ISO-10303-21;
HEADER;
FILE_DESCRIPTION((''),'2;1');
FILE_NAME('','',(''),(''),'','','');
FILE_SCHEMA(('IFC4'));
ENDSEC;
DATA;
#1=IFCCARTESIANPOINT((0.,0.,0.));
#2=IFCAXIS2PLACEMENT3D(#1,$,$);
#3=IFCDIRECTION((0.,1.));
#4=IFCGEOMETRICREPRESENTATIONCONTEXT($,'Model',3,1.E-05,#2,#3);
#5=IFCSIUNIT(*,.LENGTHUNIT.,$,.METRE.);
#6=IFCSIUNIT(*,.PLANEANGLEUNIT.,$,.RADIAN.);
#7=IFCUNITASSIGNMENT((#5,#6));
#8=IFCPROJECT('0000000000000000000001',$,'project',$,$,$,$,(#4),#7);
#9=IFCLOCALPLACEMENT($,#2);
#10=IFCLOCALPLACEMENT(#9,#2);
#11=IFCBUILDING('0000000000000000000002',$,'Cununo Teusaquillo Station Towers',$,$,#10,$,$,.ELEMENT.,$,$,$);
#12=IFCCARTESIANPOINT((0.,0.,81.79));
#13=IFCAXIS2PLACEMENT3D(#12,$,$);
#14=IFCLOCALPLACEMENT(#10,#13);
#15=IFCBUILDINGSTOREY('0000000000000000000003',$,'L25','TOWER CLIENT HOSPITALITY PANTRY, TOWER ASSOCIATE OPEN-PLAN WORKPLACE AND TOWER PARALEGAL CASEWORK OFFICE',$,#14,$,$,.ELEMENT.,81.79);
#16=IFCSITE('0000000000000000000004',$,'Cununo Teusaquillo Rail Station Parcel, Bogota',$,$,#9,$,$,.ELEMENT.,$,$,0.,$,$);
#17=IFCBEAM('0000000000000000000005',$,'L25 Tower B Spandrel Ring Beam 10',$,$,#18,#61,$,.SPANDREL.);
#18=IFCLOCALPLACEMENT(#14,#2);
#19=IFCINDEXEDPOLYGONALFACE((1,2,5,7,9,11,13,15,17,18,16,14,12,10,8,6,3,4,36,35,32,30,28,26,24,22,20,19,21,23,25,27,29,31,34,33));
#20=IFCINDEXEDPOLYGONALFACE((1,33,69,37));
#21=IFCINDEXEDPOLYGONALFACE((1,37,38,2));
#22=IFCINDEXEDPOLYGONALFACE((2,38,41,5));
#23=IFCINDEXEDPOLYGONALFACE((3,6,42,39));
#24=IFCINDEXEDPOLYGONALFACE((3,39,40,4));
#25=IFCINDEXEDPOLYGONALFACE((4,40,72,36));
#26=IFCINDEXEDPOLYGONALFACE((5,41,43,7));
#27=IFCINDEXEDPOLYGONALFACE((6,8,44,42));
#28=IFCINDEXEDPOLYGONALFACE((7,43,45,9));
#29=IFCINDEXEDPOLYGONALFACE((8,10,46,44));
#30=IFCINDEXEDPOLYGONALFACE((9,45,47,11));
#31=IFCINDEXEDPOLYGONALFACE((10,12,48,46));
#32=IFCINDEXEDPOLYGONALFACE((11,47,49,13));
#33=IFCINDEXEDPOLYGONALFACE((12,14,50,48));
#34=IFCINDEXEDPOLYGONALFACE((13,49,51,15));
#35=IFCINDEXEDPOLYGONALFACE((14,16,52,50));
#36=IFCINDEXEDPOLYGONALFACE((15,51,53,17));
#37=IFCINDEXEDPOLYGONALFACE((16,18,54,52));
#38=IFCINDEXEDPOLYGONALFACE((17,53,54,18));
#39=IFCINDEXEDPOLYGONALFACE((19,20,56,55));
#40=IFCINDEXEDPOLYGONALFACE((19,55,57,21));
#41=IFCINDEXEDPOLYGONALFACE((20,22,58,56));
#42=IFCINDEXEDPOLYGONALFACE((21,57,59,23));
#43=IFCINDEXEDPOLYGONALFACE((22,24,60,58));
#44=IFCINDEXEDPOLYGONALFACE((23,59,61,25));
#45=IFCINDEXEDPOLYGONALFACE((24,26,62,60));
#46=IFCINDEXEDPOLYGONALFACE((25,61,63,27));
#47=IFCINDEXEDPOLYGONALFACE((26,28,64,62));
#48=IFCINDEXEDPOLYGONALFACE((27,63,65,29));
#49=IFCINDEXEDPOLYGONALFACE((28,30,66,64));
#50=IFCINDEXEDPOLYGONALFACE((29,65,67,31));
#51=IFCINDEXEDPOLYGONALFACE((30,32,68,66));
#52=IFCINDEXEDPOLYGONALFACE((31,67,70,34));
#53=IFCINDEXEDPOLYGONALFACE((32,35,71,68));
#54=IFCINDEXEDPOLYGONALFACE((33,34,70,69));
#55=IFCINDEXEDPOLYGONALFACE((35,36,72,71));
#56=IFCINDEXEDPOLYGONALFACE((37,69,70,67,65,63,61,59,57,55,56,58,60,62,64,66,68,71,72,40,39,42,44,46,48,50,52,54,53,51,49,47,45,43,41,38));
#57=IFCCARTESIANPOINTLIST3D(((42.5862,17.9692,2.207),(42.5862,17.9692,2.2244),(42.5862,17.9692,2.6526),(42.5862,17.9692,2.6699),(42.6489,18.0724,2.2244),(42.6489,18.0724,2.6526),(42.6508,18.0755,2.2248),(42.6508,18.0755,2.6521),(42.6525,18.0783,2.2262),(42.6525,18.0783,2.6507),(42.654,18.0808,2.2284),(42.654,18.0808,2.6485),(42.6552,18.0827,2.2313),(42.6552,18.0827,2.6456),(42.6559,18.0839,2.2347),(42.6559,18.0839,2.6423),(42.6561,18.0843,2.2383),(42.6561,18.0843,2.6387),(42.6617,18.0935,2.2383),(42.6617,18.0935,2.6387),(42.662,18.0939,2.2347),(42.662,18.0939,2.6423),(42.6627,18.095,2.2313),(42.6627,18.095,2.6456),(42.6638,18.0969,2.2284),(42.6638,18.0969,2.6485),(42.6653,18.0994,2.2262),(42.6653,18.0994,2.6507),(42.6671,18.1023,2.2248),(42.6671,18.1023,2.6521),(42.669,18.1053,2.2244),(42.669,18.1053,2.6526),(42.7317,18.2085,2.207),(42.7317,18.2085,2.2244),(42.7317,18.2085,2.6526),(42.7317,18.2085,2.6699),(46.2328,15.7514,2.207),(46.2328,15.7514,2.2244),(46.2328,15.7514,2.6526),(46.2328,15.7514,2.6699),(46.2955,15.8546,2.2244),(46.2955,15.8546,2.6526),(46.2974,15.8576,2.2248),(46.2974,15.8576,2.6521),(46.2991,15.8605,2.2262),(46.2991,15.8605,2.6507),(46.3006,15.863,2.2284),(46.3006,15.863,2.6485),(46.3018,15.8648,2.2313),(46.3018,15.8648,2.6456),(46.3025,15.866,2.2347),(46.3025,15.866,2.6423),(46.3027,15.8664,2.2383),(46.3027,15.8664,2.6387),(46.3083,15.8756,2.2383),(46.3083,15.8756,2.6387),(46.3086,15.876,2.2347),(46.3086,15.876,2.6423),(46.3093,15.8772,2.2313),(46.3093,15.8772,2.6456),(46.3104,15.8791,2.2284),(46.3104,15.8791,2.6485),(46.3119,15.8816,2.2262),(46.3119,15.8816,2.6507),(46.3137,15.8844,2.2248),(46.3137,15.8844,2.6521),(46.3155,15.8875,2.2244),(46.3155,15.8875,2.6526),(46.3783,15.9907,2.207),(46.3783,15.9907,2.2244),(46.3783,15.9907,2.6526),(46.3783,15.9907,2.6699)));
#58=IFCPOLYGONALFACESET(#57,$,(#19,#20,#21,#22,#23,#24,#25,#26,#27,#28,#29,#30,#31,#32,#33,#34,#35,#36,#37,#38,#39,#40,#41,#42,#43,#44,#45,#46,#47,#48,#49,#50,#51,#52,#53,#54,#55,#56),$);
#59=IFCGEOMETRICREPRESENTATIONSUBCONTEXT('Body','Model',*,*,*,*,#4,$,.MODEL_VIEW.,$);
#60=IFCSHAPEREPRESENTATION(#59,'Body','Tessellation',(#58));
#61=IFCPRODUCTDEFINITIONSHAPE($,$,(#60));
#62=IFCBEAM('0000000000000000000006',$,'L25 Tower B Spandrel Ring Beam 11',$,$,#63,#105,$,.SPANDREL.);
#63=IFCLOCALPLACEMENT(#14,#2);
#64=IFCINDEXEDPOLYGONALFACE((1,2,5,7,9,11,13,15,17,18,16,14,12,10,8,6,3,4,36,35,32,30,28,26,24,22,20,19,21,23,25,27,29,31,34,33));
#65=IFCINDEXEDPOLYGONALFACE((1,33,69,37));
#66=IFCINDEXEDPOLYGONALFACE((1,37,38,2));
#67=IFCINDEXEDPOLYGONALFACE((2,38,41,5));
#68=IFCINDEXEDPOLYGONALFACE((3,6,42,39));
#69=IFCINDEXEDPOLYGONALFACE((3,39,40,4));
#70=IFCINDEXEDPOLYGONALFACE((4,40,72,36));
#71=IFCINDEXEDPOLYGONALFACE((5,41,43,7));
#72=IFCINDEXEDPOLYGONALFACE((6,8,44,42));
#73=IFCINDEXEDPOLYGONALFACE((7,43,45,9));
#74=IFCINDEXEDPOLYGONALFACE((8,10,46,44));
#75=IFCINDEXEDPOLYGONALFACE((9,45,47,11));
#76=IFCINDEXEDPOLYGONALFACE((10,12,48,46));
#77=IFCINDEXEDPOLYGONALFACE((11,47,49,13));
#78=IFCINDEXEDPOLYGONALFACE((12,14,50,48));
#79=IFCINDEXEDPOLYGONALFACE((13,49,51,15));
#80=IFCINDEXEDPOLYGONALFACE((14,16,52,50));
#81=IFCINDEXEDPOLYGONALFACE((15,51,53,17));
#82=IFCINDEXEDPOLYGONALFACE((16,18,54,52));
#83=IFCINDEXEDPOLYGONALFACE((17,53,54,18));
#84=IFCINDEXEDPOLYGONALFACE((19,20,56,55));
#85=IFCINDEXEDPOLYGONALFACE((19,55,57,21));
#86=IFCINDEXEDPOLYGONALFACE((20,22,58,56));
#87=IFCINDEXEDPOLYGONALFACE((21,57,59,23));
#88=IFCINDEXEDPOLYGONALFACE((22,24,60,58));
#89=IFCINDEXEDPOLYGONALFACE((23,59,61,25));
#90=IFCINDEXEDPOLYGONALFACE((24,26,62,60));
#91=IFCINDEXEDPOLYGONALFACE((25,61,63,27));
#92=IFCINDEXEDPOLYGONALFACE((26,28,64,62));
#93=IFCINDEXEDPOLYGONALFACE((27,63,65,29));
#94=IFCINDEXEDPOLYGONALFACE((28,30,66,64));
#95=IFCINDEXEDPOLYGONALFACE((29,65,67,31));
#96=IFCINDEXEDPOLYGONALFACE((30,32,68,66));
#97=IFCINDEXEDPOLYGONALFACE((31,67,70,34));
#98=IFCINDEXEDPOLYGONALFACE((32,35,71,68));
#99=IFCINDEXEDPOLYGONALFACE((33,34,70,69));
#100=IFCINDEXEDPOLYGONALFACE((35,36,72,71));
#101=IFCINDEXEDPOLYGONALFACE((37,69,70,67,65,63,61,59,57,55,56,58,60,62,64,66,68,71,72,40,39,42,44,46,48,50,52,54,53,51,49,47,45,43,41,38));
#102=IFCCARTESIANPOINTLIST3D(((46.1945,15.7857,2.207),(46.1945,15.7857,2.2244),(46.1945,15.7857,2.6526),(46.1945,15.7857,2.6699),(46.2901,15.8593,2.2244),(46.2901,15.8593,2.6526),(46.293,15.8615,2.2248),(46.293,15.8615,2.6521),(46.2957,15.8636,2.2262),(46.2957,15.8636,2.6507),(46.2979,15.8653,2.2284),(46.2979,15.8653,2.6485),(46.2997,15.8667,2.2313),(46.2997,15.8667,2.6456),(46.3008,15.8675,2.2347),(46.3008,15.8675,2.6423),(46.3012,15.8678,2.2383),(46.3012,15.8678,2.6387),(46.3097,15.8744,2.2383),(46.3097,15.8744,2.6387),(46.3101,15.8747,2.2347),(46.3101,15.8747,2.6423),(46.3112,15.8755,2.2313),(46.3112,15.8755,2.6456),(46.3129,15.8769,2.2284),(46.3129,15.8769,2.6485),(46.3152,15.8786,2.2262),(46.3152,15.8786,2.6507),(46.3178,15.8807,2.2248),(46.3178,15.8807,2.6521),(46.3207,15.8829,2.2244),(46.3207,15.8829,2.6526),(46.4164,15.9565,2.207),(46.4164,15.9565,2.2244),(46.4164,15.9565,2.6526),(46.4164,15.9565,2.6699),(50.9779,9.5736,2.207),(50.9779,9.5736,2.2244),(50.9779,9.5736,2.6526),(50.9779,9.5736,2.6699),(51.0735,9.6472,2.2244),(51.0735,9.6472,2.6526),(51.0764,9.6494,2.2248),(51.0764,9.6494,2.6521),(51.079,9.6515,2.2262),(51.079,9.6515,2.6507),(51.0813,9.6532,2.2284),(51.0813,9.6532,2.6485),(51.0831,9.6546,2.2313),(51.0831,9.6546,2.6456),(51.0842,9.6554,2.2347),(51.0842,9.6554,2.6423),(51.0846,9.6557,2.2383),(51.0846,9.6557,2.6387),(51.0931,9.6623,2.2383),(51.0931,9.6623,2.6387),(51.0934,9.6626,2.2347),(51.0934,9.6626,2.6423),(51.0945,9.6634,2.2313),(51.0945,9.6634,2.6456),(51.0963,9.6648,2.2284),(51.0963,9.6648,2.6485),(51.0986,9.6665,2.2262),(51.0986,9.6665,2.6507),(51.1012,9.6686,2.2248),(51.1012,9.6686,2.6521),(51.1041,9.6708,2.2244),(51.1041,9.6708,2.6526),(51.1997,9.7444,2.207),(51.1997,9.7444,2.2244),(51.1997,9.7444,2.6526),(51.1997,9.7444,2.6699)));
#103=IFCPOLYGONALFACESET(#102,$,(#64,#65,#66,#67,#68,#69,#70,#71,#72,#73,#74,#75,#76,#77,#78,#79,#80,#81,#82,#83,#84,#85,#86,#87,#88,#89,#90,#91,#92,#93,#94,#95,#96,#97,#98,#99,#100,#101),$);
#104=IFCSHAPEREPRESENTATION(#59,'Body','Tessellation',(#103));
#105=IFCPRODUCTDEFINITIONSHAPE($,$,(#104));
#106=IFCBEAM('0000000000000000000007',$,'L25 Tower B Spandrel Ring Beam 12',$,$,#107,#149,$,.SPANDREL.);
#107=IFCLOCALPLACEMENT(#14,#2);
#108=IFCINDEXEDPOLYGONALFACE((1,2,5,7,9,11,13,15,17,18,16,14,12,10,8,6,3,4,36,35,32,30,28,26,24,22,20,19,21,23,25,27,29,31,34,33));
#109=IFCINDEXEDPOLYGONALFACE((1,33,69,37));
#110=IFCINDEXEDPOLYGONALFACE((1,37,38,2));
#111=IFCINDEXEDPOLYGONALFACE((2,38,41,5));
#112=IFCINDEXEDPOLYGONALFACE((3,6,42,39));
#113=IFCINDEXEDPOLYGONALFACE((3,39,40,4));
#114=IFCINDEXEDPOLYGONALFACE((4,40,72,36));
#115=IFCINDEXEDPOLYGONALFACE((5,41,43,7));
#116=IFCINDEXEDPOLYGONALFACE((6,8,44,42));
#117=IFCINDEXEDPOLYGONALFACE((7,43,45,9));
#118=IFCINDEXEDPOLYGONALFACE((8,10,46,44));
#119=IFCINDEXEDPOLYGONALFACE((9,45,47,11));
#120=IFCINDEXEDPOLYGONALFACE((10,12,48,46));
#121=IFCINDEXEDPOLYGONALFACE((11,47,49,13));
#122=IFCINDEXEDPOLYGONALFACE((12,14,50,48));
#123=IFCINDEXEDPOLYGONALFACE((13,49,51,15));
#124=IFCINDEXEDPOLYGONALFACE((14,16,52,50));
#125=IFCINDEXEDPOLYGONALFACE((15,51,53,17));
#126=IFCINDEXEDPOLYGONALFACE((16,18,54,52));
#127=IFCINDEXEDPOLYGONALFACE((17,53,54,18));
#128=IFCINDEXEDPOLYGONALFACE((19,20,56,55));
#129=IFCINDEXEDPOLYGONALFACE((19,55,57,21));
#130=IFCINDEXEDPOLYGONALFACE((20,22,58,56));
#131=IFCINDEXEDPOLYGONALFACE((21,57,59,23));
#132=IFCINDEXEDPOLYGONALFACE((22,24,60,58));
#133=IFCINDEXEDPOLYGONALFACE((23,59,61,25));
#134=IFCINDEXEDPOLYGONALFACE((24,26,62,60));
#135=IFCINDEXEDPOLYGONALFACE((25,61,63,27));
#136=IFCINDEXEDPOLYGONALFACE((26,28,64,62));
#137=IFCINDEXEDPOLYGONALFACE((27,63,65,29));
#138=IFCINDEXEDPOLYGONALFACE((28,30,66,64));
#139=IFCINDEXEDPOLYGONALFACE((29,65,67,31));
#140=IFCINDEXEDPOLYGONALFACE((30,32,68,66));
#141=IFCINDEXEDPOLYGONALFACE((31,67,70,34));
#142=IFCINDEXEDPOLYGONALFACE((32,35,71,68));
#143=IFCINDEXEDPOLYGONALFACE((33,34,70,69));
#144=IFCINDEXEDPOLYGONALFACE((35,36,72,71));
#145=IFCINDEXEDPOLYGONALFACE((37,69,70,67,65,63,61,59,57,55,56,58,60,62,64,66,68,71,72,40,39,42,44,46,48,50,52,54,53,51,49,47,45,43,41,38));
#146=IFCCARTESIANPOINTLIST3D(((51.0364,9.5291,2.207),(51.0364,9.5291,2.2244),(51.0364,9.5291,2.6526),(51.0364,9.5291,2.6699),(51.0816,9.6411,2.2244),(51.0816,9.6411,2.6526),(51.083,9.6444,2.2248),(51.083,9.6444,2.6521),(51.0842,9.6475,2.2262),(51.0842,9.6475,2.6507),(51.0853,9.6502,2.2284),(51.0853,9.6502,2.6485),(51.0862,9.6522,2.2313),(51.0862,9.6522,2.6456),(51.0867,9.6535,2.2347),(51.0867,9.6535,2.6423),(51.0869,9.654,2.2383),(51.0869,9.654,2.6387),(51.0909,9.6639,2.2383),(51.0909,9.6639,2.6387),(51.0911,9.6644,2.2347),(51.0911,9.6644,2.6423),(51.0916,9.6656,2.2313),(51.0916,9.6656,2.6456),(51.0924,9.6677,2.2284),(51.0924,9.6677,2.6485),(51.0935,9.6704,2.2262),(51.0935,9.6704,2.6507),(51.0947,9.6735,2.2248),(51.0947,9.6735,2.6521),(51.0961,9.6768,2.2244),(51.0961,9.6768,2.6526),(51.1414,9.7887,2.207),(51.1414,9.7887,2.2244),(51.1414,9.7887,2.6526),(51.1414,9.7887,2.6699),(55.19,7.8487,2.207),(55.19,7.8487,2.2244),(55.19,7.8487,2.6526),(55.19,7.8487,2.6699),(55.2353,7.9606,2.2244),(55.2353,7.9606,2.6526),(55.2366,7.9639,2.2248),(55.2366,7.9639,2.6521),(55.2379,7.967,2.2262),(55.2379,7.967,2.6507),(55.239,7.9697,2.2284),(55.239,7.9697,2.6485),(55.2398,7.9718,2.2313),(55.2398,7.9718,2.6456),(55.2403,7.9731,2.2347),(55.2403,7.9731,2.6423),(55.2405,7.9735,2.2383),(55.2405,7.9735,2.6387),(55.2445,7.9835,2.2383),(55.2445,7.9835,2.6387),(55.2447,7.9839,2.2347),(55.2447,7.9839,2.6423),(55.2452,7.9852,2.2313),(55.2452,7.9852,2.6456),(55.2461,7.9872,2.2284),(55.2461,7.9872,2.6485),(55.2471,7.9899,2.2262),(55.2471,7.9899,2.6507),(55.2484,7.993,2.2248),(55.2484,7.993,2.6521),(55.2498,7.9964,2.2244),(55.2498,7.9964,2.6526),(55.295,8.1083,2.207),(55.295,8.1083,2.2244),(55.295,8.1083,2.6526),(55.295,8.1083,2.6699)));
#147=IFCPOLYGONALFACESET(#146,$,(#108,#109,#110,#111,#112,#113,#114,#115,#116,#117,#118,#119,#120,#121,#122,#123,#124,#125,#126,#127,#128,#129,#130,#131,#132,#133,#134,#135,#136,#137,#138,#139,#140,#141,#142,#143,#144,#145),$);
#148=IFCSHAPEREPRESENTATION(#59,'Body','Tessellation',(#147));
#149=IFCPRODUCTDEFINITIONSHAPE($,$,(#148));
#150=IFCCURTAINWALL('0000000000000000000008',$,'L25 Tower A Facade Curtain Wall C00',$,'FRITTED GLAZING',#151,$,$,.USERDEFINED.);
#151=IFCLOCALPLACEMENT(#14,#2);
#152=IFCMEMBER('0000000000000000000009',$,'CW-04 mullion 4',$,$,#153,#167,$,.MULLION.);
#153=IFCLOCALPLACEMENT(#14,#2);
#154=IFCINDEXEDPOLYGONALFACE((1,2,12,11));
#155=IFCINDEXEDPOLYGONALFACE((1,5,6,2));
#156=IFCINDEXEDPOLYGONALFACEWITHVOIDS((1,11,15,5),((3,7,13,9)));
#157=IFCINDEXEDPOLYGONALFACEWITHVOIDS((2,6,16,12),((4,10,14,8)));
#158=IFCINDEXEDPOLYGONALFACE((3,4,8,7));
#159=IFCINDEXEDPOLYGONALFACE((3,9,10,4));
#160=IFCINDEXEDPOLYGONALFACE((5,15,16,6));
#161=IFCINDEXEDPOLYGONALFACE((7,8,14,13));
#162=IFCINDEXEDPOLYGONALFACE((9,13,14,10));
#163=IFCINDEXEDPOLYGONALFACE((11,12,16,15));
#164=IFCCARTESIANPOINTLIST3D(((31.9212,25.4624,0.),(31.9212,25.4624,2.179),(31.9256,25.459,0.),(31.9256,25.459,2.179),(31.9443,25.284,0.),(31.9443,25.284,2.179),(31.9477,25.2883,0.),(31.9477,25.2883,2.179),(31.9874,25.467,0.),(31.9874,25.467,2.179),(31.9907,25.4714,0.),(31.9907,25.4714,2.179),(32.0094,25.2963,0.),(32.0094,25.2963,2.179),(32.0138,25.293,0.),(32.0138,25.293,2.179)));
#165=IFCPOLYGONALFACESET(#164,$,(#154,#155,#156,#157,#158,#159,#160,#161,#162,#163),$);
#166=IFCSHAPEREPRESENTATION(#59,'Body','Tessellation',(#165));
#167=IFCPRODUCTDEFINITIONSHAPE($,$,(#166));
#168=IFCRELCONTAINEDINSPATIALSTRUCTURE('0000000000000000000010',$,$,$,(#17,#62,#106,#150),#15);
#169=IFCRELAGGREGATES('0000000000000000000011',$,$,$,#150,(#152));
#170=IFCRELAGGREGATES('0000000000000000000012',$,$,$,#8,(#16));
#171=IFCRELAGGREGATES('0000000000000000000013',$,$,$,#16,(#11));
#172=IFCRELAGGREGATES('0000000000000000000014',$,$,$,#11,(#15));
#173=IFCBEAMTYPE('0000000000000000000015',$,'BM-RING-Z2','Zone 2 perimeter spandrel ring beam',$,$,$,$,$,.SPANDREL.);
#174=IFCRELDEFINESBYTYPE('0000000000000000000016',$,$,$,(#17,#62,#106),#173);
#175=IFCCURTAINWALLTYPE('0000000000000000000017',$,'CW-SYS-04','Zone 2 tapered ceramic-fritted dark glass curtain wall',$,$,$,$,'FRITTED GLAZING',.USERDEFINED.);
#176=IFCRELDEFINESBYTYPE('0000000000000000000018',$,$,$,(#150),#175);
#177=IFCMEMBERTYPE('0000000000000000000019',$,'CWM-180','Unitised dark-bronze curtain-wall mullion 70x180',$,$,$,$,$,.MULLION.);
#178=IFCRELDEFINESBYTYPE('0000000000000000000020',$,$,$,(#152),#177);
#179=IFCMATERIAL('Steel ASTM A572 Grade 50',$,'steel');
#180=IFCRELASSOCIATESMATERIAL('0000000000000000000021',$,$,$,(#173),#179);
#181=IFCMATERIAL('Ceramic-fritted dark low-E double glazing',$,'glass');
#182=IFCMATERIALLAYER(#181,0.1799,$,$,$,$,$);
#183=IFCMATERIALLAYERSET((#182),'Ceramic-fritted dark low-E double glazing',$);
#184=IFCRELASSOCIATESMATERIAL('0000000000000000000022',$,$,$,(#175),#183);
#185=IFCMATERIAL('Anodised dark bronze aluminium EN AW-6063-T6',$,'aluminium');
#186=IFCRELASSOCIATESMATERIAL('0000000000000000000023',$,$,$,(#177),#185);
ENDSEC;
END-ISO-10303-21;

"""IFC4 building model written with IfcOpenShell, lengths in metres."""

from ifc_helpers import new_model, si_unit, direction, frame, origin, origin_2d, place, context, subcontext, project, spatial, hollow_rectangle, i_section, extrude, material, layer, layer_set, material_profile, profile_set, type_object, element, aggregate, save


model = new_model("IFC4")

# Units and contexts
model_context = context("Model", 3, precision=1e-05, world=origin(), true_north=direction((0.0, 1.0)))
body_context = subcontext(model_context, "Body", "Model", "MODEL_VIEW")
ifc_project = project(units=[si_unit("LENGTHUNIT", "METRE"), si_unit("PLANEANGLEUNIT", "RADIAN")], contexts=[model_context])

# Site, building, storey
site_placement = place(None, origin())
site = spatial("IfcSite", under=ifc_project, at=site_placement, Name="Cununo Teusaquillo Rail Station Parcel, Bogota", CompositionType="ELEMENT", RefElevation=0.0)
building_placement = place(site_placement, origin())
building = spatial("IfcBuilding", under=site, at=building_placement, Name="Cununo Teusaquillo Station Towers", CompositionType="ELEMENT")
storey_placement = place(building_placement, frame((0.0, 0.0, 81.79)))
storey = spatial("IfcBuildingStorey", under=building, at=storey_placement, Name="L25", Description="TOWER CLIENT HOSPITALITY PANTRY, TOWER ASSOCIATE OPEN-PLAN WORKPLACE AND TOWER PARALEGAL CASEWORK OFFICE", CompositionType="ELEMENT", Elevation=81.79)

# Beams
ifc_material_1 = material(Name="Steel ASTM A572 Grade 50", Category="steel")
ifc_material_profile_1 = material_profile(ifc_material_1, i_section(OverallWidth=0.28, OverallDepth=0.4629, WebThickness=0.0107, FlangeThickness=0.0173, FilletRadius=0.0139, at=origin_2d()), Name="W18X76")
ifc_profile_set_1 = profile_set([ifc_material_profile_1], Name="Steel ASTM A572 Grade 50")
beam_type_1 = type_object("IfcBeamType", Name="BM-RING-Z2", Description="Zone 2 perimeter spandrel ring beam", PredefinedType="SPANDREL", material=ifc_profile_set_1)
beam_1_placement = place(storey_placement, frame((42.6589, 18.0889, 2.4385), z_axis=(0.854388, -0.519635, 0.0), x_axis=(0.519635, 0.854388, 0.0)))
element("IfcBeam", 1, at=beam_1_placement, inside=storey, type_object=beam_type_1, Name="L25 Tower B Spandrel Ring Beam 10", PredefinedType="SPANDREL", context=body_context, shape_type="SweptSolid", body=[
    extrude(i_section(OverallWidth=0.28, OverallDepth=0.4629, WebThickness=0.0107, FlangeThickness=0.0173, FilletRadius=0.0139, at=origin_2d()), origin(), (0.0, 0.0, 1.0), 4.2681),
])
beam_2_placement = place(storey_placement, frame((46.3054, 15.8711, 2.4385), z_axis=(0.6101, -0.792324, 0.0), x_axis=(0.792324, 0.6101, 0.0)))
element("IfcBeam", 2, at=beam_2_placement, inside=storey, type_object=beam_type_1, Name="L25 Tower B Spandrel Ring Beam 11", PredefinedType="SPANDREL", context=body_context, shape_type="SweptSolid", body=[
    extrude(i_section(OverallWidth=0.28, OverallDepth=0.4629, WebThickness=0.0107, FlangeThickness=0.0173, FilletRadius=0.0139, at=origin_2d()), origin(), (0.0, 0.0, 1.0), 7.8403),
])
beam_3_placement = place(storey_placement, frame((51.0889, 9.6589, 2.4385), z_axis=(0.927008, -0.375042, 0.0), x_axis=(0.375042, 0.927008, 0.0)))
element("IfcBeam", 3, at=beam_3_placement, inside=storey, type_object=beam_type_1, Name="L25 Tower B Spandrel Ring Beam 12", PredefinedType="SPANDREL", context=body_context, shape_type="SweptSolid", body=[
    extrude(i_section(OverallWidth=0.28, OverallDepth=0.4629, WebThickness=0.0107, FlangeThickness=0.0173, FilletRadius=0.0139, at=origin_2d()), origin(), (0.0, 0.0, 1.0), 4.4807),
])

# Curtain wall, member
ifc_material_2 = material(Name="Ceramic-fritted dark low-E double glazing", Category="glass")
ifc_layer_1 = layer(ifc_material_2, 0.1799)
ifc_layer_set_1 = layer_set([ifc_layer_1], Name="Ceramic-fritted dark low-E double glazing")
curtain_wall_type = type_object("IfcCurtainWallType", Name="CW-SYS-04", Description="Zone 2 tapered ceramic-fritted dark glass curtain wall", ElementType="FRITTED GLAZING", PredefinedType="USERDEFINED", material=ifc_layer_set_1)
curtain_wall_placement = place(storey_placement, origin())
curtain_wall = element("IfcCurtainWall", 4, at=curtain_wall_placement, inside=storey, type_object=curtain_wall_type, Name="L25 Tower A Facade Curtain Wall C00", ObjectType="FRITTED GLAZING", PredefinedType="USERDEFINED")
ifc_material_3 = material(Name="Anodised dark bronze aluminium EN AW-6063-T6", Category="aluminium")
ifc_material_profile_2 = material_profile(ifc_material_3, hollow_rectangle(XDim=0.0701, YDim=0.1799, WallThickness=0.0039, at=origin_2d()), Name="CW-MULL-70x180")
ifc_profile_set_2 = profile_set([ifc_material_profile_2], Name="Anodised dark bronze aluminium EN AW-6063-T6")
member_type_1 = type_object("IfcMemberType", Name="CWM-180", Description="Unitised dark-bronze curtain-wall mullion 70x180", PredefinedType="MULLION", material=ifc_profile_set_2)
member_1_placement = place(storey_placement, frame((31.9675, 25.3777, 0.0), z_axis=(0.0, 0.0, 1.0), x_axis=(0.991731, 0.128336, 0.0)))
member_1 = element("IfcMember", 5, at=member_1_placement, type_object=member_type_1, Name="CW-04 mullion 4", PredefinedType="MULLION", context=body_context, shape_type="SweptSolid", body=[
    extrude(hollow_rectangle(XDim=0.0701, YDim=0.1799, WallThickness=0.0039, at=origin_2d()), origin(), (0.0, 0.0, 1.0), 2.179),
])
aggregate(curtain_wall, [member_1])

save(model, "model.ifc")
